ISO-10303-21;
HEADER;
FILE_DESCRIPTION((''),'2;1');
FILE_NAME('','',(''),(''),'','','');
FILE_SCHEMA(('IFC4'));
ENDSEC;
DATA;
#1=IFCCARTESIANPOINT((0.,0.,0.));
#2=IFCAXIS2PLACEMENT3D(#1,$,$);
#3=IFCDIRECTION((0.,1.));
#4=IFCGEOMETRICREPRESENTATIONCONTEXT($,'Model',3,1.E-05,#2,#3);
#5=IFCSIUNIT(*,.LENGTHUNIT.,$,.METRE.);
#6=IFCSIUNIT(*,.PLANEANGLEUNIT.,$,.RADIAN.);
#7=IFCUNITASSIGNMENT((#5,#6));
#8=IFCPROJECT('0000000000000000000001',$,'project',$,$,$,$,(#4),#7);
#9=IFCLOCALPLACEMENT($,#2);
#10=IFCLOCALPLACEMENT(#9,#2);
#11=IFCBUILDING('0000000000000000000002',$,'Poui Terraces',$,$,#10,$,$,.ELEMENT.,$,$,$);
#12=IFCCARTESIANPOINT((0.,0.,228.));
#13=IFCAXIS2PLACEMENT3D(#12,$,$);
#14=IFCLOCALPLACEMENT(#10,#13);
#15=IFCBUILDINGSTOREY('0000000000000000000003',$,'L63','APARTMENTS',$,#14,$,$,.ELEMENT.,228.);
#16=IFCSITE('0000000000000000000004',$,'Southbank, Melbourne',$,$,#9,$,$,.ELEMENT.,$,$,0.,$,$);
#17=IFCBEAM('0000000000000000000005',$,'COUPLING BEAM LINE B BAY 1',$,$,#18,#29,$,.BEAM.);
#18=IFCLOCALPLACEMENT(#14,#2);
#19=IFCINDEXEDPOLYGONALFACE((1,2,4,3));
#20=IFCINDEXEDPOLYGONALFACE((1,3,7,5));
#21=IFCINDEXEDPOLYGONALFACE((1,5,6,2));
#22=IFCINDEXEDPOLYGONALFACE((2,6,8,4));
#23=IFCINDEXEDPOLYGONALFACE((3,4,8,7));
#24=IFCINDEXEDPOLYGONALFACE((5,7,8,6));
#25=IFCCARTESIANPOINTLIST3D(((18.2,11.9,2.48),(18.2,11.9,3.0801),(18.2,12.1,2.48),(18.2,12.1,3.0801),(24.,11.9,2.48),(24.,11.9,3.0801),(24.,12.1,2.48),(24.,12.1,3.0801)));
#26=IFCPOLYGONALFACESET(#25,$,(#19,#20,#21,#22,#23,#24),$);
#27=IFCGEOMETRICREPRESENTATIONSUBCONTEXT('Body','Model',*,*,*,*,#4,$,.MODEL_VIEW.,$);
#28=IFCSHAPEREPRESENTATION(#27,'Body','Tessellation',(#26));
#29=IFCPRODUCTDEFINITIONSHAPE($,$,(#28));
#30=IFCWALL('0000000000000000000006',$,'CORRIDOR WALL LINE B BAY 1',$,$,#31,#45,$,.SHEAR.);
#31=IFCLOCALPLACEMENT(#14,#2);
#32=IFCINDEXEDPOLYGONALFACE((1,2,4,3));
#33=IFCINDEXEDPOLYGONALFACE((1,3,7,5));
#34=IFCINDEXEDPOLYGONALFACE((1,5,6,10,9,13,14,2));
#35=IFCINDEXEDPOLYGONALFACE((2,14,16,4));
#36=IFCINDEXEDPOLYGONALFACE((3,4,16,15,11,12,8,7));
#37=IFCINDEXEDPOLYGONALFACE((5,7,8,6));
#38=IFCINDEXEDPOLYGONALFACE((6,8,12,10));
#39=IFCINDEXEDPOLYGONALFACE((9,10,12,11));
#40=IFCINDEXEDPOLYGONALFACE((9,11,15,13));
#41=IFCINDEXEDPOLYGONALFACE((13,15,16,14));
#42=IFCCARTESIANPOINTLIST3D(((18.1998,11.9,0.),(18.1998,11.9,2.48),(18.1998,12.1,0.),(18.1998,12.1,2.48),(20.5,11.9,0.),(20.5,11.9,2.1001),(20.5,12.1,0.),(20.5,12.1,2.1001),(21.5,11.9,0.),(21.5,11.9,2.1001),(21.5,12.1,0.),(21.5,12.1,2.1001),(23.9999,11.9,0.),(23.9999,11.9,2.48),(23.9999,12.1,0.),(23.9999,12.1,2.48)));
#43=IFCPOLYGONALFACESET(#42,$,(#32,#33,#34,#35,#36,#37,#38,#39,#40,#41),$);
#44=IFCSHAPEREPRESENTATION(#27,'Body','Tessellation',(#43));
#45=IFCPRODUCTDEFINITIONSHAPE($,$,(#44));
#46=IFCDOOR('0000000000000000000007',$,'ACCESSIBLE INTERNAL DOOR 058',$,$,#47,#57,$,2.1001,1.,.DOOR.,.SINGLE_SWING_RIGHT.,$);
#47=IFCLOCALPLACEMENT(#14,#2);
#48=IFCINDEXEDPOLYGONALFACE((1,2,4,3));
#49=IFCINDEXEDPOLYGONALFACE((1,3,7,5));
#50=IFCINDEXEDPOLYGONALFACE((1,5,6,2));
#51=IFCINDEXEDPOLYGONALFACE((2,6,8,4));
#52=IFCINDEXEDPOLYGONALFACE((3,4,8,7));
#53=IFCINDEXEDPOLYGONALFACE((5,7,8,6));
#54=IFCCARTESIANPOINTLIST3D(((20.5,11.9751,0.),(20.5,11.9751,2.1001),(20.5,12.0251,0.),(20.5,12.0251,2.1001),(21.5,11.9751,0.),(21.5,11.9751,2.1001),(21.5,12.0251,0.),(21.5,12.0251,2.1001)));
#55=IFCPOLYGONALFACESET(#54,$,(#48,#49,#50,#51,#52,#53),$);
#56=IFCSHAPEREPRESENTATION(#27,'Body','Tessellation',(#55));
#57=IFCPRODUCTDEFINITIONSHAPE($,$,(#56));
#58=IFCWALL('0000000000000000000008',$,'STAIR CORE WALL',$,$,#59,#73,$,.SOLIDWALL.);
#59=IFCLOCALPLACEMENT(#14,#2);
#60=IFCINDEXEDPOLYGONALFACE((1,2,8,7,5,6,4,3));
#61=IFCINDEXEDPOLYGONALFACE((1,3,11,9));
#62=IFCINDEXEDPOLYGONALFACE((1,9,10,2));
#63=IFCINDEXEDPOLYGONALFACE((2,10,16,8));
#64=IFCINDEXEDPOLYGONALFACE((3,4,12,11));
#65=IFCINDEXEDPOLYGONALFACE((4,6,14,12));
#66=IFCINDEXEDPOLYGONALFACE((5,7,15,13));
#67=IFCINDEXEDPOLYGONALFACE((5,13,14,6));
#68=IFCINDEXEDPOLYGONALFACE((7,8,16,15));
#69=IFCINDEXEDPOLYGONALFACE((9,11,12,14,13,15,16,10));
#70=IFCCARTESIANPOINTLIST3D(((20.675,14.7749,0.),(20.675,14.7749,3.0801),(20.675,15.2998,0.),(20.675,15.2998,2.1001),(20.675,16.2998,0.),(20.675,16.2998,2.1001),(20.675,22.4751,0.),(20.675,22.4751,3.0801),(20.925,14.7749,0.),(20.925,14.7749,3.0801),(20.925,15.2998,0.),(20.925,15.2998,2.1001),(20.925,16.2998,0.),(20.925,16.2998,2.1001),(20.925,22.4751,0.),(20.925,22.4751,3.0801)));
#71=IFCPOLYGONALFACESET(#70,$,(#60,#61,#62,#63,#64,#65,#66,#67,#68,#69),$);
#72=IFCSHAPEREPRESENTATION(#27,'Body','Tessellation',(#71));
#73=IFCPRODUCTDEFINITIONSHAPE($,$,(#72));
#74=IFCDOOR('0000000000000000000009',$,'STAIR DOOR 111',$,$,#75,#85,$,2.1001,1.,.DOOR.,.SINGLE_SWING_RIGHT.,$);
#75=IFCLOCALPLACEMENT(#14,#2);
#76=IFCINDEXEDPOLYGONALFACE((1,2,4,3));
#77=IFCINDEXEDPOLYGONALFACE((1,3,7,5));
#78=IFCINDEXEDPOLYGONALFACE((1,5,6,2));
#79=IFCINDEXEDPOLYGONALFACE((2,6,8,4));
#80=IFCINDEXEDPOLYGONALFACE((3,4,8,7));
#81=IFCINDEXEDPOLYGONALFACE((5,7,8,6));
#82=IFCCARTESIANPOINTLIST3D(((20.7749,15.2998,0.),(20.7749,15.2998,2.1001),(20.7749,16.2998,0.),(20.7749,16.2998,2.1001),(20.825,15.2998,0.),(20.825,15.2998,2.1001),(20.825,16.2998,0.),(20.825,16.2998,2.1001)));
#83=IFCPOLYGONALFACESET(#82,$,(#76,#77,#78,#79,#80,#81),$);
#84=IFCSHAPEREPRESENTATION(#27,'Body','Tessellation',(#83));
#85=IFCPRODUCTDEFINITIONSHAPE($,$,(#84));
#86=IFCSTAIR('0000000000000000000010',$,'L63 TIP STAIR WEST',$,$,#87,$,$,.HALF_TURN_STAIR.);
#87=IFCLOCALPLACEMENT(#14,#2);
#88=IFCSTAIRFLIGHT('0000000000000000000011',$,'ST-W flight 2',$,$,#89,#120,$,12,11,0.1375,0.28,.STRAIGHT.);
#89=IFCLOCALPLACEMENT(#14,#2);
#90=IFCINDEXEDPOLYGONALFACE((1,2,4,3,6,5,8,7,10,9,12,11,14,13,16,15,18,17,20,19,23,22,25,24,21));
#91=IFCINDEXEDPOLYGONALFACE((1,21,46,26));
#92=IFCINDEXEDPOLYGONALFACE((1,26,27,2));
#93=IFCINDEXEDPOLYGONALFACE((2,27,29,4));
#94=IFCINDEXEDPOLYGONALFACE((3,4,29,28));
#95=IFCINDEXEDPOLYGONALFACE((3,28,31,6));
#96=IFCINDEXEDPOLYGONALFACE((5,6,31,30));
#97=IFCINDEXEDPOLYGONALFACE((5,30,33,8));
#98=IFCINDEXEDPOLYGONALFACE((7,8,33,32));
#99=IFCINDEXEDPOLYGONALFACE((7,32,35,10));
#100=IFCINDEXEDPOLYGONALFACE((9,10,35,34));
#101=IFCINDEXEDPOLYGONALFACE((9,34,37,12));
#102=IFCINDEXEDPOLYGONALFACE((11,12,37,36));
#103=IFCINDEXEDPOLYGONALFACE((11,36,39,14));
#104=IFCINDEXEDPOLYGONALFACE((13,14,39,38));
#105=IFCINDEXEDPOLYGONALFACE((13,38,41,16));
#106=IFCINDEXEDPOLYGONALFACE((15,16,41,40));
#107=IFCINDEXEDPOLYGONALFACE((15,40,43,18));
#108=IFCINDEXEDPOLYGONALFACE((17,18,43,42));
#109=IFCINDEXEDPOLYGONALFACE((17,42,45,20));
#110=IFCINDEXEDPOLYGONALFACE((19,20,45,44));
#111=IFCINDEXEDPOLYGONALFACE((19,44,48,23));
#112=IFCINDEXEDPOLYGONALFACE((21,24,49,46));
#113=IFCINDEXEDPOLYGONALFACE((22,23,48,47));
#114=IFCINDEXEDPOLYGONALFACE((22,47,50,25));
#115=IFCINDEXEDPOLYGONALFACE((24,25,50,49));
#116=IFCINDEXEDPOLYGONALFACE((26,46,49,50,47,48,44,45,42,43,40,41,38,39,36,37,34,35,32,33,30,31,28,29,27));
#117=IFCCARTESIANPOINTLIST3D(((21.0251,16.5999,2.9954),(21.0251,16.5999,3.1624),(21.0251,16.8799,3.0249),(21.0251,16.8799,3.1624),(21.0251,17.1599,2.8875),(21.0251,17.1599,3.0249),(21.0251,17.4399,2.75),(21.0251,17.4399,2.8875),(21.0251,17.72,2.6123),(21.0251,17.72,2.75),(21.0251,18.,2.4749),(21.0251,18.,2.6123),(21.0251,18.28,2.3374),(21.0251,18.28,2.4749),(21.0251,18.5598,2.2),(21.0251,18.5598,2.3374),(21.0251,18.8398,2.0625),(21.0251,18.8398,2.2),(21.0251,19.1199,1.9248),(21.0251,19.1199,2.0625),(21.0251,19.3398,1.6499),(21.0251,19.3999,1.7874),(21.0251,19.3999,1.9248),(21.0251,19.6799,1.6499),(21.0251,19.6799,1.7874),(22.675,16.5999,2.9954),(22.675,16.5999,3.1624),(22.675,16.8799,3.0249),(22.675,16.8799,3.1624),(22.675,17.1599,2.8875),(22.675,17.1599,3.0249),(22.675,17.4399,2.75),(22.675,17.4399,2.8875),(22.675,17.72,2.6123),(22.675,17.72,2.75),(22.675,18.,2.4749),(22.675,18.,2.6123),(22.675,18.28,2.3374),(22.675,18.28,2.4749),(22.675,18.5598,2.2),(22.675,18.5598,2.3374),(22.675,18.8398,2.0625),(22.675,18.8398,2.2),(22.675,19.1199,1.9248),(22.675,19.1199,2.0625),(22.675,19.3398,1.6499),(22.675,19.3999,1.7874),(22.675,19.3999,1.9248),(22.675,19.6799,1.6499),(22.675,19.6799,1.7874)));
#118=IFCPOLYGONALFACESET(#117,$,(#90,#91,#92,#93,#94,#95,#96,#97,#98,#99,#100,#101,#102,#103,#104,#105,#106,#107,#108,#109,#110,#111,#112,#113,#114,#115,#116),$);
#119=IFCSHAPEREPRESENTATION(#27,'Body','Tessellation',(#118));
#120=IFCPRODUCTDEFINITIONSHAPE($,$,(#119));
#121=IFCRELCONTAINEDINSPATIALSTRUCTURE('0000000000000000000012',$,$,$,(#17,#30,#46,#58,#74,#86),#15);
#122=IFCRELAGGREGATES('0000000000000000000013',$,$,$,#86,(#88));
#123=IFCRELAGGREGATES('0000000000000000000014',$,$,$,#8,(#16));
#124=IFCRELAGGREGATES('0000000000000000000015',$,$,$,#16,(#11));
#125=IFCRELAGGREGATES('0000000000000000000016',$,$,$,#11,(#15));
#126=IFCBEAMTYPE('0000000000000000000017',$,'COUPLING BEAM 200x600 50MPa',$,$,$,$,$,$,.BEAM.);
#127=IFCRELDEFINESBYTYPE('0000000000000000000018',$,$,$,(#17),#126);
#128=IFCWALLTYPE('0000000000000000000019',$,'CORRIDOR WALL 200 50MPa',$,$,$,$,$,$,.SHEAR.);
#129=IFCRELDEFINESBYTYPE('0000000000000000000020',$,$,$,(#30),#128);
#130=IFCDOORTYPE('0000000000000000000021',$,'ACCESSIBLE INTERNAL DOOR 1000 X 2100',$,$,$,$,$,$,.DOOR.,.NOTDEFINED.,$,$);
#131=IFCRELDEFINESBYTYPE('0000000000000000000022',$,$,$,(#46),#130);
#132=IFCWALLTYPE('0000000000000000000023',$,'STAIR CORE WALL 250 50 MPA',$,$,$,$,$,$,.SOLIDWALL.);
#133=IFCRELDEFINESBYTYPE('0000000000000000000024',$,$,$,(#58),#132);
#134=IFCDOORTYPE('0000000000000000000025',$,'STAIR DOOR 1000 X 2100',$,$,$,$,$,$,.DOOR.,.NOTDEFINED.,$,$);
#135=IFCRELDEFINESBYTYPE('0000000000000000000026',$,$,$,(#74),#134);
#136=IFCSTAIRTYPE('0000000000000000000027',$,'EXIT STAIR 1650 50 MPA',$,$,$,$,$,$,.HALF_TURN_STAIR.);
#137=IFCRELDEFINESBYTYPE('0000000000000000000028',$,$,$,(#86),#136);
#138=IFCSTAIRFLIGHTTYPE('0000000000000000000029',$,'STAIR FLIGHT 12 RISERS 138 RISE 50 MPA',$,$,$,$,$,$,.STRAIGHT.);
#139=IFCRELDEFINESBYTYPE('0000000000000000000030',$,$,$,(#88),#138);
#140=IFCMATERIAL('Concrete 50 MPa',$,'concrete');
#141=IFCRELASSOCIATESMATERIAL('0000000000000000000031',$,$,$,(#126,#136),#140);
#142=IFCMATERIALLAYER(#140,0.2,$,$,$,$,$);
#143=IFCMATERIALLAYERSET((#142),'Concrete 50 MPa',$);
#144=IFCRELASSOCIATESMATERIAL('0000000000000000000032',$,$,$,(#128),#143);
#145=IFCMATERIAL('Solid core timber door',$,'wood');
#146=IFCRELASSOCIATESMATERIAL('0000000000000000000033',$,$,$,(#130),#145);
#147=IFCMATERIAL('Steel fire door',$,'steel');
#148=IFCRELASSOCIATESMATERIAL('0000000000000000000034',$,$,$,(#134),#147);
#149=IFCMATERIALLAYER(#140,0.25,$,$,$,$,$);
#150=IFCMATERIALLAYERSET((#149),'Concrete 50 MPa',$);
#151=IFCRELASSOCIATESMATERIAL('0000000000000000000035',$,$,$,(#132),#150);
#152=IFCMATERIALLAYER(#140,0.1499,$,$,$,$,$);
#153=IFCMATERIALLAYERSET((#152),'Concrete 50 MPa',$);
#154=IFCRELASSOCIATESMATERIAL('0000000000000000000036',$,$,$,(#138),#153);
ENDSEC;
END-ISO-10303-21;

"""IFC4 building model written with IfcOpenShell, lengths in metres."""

from ifc_helpers import new_model, si_unit, direction, frame, frame_2d, origin, origin_2d, place, context, subcontext, project, spatial, polyline, rectangle, outline, extrude, source, transform, mapped, material, layer, layer_set, material_profile, profile_set, type_object, element, fill, aggregate, save


model = new_model("IFC4")

# Units and contexts
model_context = context("Model", 3, precision=1e-05, world=origin(), true_north=direction((0.0, 1.0)))
body_context = subcontext(model_context, "Body", "Model", "MODEL_VIEW")
ifc_project = project(units=[si_unit("LENGTHUNIT", "METRE"), si_unit("PLANEANGLEUNIT", "RADIAN")], contexts=[model_context])

# Site, building, storey
site_placement = place(None, origin())
site = spatial("IfcSite", under=ifc_project, at=site_placement, Name="Southbank, Melbourne", CompositionType="ELEMENT", RefElevation=0.0)
building_placement = place(site_placement, origin())
building = spatial("IfcBuilding", under=site, at=building_placement, Name="Poui Terraces", CompositionType="ELEMENT")
storey_placement = place(building_placement, frame((0.0, 0.0, 228.0)))
storey = spatial("IfcBuildingStorey", under=building, at=storey_placement, Name="L63", Description="APARTMENTS", CompositionType="ELEMENT", Elevation=228.0)

# Beam
ifc_material_1 = material(Name="Concrete 50 MPa", Category="concrete")
ifc_material_profile = material_profile(ifc_material_1, rectangle(XDim=0.2, YDim=0.6001, at=origin_2d()), Name="RC 200x600")
ifc_profile_set = profile_set([ifc_material_profile], Name="Concrete 50 MPa")
beam_type = type_object("IfcBeamType", Name="COUPLING BEAM 200x600 50MPa", PredefinedType="BEAM", material=ifc_profile_set)
shared_shape = source(origin(), body_context, "Body", "SweptSolid", [
    extrude(rectangle(XDim=0.2, YDim=0.6001, at=origin_2d()), origin(), (0.0, 0.0, 1.0), 5.8),
])
beam_placement = place(storey_placement, frame((18.2, 12.0, 2.78), z_axis=(1.0, 0.0, 0.0), x_axis=(0.0, 1.0, 0.0)))
element("IfcBeam", 1, at=beam_placement, inside=storey, type_object=beam_type, Name="COUPLING BEAM LINE B BAY 1", PredefinedType="BEAM", context=body_context, shape_type="MappedRepresentation", body=[
    mapped(shared_shape, transform((0.0, 0.0, 0.0))),
])

# Wall, opening, door
ifc_layer_1 = layer(ifc_material_1, 0.2)
ifc_layer_set_1 = layer_set([ifc_layer_1], Name="Concrete 50 MPa")
wall_type_1 = type_object("IfcWallType", Name="CORRIDOR WALL 200 50MPa", PredefinedType="SHEAR", material=ifc_layer_set_1)
wall_1_placement = place(storey_placement, frame((18.2, 12.0, 0.0), z_axis=(0.0, 0.0, 1.0), x_axis=(1.0, 0.0, 0.0)))
wall_1 = element("IfcWall", 2, at=wall_1_placement, inside=storey, type_object=wall_type_1, Name="CORRIDOR WALL LINE B BAY 1", PredefinedType="SHEAR", context=body_context, shape_type="SweptSolid", body=[
    extrude(rectangle(XDim=5.8, YDim=0.2, at=frame_2d((2.8999, 0.0))), origin(), (0.0, 0.0, 1.0), 2.48),
])
opening_1_placement = place(wall_1_placement, frame((2.3, 0.0, 0.0)))
opening_1 = element("IfcOpeningElement", 3, at=opening_1_placement, cuts=wall_1, PredefinedType="OPENING", context=body_context, shape_type="SweptSolid", body=[
    extrude(rectangle(XDim=1.0, YDim=2.1001, at=frame_2d((0.5, 1.05))), frame((0.0, 0.1099, 0.0), z_axis=(0.0, -1.0, 0.0), x_axis=(1.0, 0.0, 0.0)), (0.0, 0.0, 1.0), 0.22),
])
ifc_material_2 = material(Name="Solid core timber door", Category="wood")
door_type_1 = type_object("IfcDoorType", Name="ACCESSIBLE INTERNAL DOOR 1000 X 2100", OperationType="NOTDEFINED", PredefinedType="DOOR", material=ifc_material_2)
door_1_placement = place(opening_1_placement, frame((1.0, 0.0, 0.0), z_axis=(0.0, 0.0, 1.0), x_axis=(-1.0, 0.0, 0.0)))
door_1 = element("IfcDoor", 4, at=door_1_placement, inside=storey, type_object=door_type_1, Name="ACCESSIBLE INTERNAL DOOR 058", OperationType="SINGLE_SWING_RIGHT", OverallHeight=2.1001, OverallWidth=1.0, PredefinedType="DOOR", context=body_context, shape_type="SweptSolid", body=[
    extrude(rectangle(XDim=1.0, YDim=2.1001, at=frame_2d((0.5, 1.05))), frame((0.0, 0.0249, 0.0), z_axis=(0.0, -1.0, 0.0), x_axis=(1.0, 0.0, 0.0)), (0.0, 0.0, 1.0), 0.05),
])
fill(opening_1, door_1)

# Shared definitions
ifc_material_3 = material(Name="Steel fire door", Category="steel")
door_type_2 = type_object("IfcDoorType", Name="STAIR DOOR 1000 X 2100", OperationType="NOTDEFINED", PredefinedType="DOOR", material=ifc_material_3)

# Wall, opening, door
ifc_layer_2 = layer(ifc_material_1, 0.25)
ifc_layer_set_2 = layer_set([ifc_layer_2], Name="Concrete 50 MPa")
wall_type_2 = type_object("IfcWallType", Name="STAIR CORE WALL 250 50 MPA", PredefinedType="SOLIDWALL", material=ifc_layer_set_2)
wall_2_placement = place(storey_placement, frame((20.8, 14.7749, 0.0), z_axis=(0.0, 0.0, 1.0), x_axis=(0.0, 1.0, 0.0)))
wall_2 = element("IfcWall", 5, at=wall_2_placement, inside=storey, type_object=wall_type_2, Name="STAIR CORE WALL", PredefinedType="SOLIDWALL", context=body_context, shape_type="SweptSolid", body=[
    extrude(rectangle(XDim=7.7002, YDim=0.25, at=frame_2d((3.8501, 0.0))), origin(), (0.0, 0.0, 1.0), 3.0801),
])
opening_2_placement = place(wall_2_placement, frame((0.5249, 0.0, 0.0)))
opening_2 = element("IfcOpeningElement", 6, at=opening_2_placement, cuts=wall_2, PredefinedType="OPENING", context=body_context, shape_type="SweptSolid", body=[
    extrude(rectangle(XDim=1.0, YDim=2.1001, at=frame_2d((0.5, 1.05))), frame((0.0, 0.135, 0.0), z_axis=(0.0, -1.0, 0.0), x_axis=(1.0, 0.0, 0.0)), (0.0, 0.0, 1.0), 0.27),
])
door_2_placement = place(opening_2_placement, frame((1.0, 0.0, 0.0), z_axis=(0.0, 0.0, 1.0), x_axis=(-1.0, 0.0, 0.0)))
door_2 = element("IfcDoor", 7, at=door_2_placement, inside=storey, type_object=door_type_2, Name="STAIR DOOR 111", OperationType="SINGLE_SWING_RIGHT", OverallHeight=2.1001, OverallWidth=1.0, PredefinedType="DOOR", context=body_context, shape_type="SweptSolid", body=[
    extrude(rectangle(XDim=1.0, YDim=2.1001, at=frame_2d((0.5, 1.05))), frame((0.0, 0.0249, 0.0), z_axis=(0.0, -1.0, 0.0), x_axis=(1.0, 0.0, 0.0)), (0.0, 0.0, 1.0), 0.05),
])
fill(opening_2, door_2)

# Stair, stair flight
stair_type = type_object("IfcStairType", Name="EXIT STAIR 1650 50 MPA", PredefinedType="HALF_TURN_STAIR", material=ifc_material_1)
stair_placement = place(storey_placement, origin())
stair = element("IfcStair", 8, at=stair_placement, inside=storey, type_object=stair_type, Name="L63 TIP STAIR WEST", PredefinedType="HALF_TURN_STAIR")
ifc_layer_3 = layer(ifc_material_1, 0.1499)
ifc_layer_set_3 = layer_set([ifc_layer_3], Name="Concrete 50 MPa")
stair_flight_type = type_object("IfcStairFlightType", Name="STAIR FLIGHT 12 RISERS 138 RISE 50 MPA", PredefinedType="STRAIGHT", material=ifc_layer_set_3)
stair_flight_placement = place(storey_placement, frame((21.8501, 19.6799, 1.6499), z_axis=(0.0, 0.0, 1.0), x_axis=(0.0, -1.0, 0.0)))
stair_flight = element("IfcStairFlight", 9, at=stair_flight_placement, type_object=stair_flight_type, Name="ST-W flight 2", NumberOfRisers=12, NumberOfTreads=11, PredefinedType="STRAIGHT", RiserHeight=0.1375, TreadLength=0.28, context=body_context, shape_type="SweptSolid", body=[
    extrude(outline(polyline([(0.0, 0.0), (0.0, 0.1375), (0.28, 0.1375), (0.28, 0.2749), (0.5601, 0.2749), (0.5601, 0.4126), (0.8401, 0.4126), (0.8401, 0.55), (1.1201, 0.55), (1.1201, 0.6875), (1.3999, 0.6875), (1.3999, 0.825), (1.6799, 0.825), (1.6799, 0.9624), (1.96, 0.9624), (1.96, 1.1001), (2.24, 1.1001), (2.24, 1.2375), (2.52, 1.2375), (2.52, 1.375), (2.8, 1.375), (2.8, 1.5125), (3.0801, 1.5125), (3.0801, 1.6499), (3.0801, 1.3455), (0.3401, 0.0), (0.0, 0.0)])), frame((0.0, 0.825, 0.0), z_axis=(0.0, -1.0, 0.0), x_axis=(1.0, 0.0, 0.0)), (0.0, 0.0, 1.0), 1.6499),
])
aggregate(stair, [stair_flight])

save(model, "model.ifc")
